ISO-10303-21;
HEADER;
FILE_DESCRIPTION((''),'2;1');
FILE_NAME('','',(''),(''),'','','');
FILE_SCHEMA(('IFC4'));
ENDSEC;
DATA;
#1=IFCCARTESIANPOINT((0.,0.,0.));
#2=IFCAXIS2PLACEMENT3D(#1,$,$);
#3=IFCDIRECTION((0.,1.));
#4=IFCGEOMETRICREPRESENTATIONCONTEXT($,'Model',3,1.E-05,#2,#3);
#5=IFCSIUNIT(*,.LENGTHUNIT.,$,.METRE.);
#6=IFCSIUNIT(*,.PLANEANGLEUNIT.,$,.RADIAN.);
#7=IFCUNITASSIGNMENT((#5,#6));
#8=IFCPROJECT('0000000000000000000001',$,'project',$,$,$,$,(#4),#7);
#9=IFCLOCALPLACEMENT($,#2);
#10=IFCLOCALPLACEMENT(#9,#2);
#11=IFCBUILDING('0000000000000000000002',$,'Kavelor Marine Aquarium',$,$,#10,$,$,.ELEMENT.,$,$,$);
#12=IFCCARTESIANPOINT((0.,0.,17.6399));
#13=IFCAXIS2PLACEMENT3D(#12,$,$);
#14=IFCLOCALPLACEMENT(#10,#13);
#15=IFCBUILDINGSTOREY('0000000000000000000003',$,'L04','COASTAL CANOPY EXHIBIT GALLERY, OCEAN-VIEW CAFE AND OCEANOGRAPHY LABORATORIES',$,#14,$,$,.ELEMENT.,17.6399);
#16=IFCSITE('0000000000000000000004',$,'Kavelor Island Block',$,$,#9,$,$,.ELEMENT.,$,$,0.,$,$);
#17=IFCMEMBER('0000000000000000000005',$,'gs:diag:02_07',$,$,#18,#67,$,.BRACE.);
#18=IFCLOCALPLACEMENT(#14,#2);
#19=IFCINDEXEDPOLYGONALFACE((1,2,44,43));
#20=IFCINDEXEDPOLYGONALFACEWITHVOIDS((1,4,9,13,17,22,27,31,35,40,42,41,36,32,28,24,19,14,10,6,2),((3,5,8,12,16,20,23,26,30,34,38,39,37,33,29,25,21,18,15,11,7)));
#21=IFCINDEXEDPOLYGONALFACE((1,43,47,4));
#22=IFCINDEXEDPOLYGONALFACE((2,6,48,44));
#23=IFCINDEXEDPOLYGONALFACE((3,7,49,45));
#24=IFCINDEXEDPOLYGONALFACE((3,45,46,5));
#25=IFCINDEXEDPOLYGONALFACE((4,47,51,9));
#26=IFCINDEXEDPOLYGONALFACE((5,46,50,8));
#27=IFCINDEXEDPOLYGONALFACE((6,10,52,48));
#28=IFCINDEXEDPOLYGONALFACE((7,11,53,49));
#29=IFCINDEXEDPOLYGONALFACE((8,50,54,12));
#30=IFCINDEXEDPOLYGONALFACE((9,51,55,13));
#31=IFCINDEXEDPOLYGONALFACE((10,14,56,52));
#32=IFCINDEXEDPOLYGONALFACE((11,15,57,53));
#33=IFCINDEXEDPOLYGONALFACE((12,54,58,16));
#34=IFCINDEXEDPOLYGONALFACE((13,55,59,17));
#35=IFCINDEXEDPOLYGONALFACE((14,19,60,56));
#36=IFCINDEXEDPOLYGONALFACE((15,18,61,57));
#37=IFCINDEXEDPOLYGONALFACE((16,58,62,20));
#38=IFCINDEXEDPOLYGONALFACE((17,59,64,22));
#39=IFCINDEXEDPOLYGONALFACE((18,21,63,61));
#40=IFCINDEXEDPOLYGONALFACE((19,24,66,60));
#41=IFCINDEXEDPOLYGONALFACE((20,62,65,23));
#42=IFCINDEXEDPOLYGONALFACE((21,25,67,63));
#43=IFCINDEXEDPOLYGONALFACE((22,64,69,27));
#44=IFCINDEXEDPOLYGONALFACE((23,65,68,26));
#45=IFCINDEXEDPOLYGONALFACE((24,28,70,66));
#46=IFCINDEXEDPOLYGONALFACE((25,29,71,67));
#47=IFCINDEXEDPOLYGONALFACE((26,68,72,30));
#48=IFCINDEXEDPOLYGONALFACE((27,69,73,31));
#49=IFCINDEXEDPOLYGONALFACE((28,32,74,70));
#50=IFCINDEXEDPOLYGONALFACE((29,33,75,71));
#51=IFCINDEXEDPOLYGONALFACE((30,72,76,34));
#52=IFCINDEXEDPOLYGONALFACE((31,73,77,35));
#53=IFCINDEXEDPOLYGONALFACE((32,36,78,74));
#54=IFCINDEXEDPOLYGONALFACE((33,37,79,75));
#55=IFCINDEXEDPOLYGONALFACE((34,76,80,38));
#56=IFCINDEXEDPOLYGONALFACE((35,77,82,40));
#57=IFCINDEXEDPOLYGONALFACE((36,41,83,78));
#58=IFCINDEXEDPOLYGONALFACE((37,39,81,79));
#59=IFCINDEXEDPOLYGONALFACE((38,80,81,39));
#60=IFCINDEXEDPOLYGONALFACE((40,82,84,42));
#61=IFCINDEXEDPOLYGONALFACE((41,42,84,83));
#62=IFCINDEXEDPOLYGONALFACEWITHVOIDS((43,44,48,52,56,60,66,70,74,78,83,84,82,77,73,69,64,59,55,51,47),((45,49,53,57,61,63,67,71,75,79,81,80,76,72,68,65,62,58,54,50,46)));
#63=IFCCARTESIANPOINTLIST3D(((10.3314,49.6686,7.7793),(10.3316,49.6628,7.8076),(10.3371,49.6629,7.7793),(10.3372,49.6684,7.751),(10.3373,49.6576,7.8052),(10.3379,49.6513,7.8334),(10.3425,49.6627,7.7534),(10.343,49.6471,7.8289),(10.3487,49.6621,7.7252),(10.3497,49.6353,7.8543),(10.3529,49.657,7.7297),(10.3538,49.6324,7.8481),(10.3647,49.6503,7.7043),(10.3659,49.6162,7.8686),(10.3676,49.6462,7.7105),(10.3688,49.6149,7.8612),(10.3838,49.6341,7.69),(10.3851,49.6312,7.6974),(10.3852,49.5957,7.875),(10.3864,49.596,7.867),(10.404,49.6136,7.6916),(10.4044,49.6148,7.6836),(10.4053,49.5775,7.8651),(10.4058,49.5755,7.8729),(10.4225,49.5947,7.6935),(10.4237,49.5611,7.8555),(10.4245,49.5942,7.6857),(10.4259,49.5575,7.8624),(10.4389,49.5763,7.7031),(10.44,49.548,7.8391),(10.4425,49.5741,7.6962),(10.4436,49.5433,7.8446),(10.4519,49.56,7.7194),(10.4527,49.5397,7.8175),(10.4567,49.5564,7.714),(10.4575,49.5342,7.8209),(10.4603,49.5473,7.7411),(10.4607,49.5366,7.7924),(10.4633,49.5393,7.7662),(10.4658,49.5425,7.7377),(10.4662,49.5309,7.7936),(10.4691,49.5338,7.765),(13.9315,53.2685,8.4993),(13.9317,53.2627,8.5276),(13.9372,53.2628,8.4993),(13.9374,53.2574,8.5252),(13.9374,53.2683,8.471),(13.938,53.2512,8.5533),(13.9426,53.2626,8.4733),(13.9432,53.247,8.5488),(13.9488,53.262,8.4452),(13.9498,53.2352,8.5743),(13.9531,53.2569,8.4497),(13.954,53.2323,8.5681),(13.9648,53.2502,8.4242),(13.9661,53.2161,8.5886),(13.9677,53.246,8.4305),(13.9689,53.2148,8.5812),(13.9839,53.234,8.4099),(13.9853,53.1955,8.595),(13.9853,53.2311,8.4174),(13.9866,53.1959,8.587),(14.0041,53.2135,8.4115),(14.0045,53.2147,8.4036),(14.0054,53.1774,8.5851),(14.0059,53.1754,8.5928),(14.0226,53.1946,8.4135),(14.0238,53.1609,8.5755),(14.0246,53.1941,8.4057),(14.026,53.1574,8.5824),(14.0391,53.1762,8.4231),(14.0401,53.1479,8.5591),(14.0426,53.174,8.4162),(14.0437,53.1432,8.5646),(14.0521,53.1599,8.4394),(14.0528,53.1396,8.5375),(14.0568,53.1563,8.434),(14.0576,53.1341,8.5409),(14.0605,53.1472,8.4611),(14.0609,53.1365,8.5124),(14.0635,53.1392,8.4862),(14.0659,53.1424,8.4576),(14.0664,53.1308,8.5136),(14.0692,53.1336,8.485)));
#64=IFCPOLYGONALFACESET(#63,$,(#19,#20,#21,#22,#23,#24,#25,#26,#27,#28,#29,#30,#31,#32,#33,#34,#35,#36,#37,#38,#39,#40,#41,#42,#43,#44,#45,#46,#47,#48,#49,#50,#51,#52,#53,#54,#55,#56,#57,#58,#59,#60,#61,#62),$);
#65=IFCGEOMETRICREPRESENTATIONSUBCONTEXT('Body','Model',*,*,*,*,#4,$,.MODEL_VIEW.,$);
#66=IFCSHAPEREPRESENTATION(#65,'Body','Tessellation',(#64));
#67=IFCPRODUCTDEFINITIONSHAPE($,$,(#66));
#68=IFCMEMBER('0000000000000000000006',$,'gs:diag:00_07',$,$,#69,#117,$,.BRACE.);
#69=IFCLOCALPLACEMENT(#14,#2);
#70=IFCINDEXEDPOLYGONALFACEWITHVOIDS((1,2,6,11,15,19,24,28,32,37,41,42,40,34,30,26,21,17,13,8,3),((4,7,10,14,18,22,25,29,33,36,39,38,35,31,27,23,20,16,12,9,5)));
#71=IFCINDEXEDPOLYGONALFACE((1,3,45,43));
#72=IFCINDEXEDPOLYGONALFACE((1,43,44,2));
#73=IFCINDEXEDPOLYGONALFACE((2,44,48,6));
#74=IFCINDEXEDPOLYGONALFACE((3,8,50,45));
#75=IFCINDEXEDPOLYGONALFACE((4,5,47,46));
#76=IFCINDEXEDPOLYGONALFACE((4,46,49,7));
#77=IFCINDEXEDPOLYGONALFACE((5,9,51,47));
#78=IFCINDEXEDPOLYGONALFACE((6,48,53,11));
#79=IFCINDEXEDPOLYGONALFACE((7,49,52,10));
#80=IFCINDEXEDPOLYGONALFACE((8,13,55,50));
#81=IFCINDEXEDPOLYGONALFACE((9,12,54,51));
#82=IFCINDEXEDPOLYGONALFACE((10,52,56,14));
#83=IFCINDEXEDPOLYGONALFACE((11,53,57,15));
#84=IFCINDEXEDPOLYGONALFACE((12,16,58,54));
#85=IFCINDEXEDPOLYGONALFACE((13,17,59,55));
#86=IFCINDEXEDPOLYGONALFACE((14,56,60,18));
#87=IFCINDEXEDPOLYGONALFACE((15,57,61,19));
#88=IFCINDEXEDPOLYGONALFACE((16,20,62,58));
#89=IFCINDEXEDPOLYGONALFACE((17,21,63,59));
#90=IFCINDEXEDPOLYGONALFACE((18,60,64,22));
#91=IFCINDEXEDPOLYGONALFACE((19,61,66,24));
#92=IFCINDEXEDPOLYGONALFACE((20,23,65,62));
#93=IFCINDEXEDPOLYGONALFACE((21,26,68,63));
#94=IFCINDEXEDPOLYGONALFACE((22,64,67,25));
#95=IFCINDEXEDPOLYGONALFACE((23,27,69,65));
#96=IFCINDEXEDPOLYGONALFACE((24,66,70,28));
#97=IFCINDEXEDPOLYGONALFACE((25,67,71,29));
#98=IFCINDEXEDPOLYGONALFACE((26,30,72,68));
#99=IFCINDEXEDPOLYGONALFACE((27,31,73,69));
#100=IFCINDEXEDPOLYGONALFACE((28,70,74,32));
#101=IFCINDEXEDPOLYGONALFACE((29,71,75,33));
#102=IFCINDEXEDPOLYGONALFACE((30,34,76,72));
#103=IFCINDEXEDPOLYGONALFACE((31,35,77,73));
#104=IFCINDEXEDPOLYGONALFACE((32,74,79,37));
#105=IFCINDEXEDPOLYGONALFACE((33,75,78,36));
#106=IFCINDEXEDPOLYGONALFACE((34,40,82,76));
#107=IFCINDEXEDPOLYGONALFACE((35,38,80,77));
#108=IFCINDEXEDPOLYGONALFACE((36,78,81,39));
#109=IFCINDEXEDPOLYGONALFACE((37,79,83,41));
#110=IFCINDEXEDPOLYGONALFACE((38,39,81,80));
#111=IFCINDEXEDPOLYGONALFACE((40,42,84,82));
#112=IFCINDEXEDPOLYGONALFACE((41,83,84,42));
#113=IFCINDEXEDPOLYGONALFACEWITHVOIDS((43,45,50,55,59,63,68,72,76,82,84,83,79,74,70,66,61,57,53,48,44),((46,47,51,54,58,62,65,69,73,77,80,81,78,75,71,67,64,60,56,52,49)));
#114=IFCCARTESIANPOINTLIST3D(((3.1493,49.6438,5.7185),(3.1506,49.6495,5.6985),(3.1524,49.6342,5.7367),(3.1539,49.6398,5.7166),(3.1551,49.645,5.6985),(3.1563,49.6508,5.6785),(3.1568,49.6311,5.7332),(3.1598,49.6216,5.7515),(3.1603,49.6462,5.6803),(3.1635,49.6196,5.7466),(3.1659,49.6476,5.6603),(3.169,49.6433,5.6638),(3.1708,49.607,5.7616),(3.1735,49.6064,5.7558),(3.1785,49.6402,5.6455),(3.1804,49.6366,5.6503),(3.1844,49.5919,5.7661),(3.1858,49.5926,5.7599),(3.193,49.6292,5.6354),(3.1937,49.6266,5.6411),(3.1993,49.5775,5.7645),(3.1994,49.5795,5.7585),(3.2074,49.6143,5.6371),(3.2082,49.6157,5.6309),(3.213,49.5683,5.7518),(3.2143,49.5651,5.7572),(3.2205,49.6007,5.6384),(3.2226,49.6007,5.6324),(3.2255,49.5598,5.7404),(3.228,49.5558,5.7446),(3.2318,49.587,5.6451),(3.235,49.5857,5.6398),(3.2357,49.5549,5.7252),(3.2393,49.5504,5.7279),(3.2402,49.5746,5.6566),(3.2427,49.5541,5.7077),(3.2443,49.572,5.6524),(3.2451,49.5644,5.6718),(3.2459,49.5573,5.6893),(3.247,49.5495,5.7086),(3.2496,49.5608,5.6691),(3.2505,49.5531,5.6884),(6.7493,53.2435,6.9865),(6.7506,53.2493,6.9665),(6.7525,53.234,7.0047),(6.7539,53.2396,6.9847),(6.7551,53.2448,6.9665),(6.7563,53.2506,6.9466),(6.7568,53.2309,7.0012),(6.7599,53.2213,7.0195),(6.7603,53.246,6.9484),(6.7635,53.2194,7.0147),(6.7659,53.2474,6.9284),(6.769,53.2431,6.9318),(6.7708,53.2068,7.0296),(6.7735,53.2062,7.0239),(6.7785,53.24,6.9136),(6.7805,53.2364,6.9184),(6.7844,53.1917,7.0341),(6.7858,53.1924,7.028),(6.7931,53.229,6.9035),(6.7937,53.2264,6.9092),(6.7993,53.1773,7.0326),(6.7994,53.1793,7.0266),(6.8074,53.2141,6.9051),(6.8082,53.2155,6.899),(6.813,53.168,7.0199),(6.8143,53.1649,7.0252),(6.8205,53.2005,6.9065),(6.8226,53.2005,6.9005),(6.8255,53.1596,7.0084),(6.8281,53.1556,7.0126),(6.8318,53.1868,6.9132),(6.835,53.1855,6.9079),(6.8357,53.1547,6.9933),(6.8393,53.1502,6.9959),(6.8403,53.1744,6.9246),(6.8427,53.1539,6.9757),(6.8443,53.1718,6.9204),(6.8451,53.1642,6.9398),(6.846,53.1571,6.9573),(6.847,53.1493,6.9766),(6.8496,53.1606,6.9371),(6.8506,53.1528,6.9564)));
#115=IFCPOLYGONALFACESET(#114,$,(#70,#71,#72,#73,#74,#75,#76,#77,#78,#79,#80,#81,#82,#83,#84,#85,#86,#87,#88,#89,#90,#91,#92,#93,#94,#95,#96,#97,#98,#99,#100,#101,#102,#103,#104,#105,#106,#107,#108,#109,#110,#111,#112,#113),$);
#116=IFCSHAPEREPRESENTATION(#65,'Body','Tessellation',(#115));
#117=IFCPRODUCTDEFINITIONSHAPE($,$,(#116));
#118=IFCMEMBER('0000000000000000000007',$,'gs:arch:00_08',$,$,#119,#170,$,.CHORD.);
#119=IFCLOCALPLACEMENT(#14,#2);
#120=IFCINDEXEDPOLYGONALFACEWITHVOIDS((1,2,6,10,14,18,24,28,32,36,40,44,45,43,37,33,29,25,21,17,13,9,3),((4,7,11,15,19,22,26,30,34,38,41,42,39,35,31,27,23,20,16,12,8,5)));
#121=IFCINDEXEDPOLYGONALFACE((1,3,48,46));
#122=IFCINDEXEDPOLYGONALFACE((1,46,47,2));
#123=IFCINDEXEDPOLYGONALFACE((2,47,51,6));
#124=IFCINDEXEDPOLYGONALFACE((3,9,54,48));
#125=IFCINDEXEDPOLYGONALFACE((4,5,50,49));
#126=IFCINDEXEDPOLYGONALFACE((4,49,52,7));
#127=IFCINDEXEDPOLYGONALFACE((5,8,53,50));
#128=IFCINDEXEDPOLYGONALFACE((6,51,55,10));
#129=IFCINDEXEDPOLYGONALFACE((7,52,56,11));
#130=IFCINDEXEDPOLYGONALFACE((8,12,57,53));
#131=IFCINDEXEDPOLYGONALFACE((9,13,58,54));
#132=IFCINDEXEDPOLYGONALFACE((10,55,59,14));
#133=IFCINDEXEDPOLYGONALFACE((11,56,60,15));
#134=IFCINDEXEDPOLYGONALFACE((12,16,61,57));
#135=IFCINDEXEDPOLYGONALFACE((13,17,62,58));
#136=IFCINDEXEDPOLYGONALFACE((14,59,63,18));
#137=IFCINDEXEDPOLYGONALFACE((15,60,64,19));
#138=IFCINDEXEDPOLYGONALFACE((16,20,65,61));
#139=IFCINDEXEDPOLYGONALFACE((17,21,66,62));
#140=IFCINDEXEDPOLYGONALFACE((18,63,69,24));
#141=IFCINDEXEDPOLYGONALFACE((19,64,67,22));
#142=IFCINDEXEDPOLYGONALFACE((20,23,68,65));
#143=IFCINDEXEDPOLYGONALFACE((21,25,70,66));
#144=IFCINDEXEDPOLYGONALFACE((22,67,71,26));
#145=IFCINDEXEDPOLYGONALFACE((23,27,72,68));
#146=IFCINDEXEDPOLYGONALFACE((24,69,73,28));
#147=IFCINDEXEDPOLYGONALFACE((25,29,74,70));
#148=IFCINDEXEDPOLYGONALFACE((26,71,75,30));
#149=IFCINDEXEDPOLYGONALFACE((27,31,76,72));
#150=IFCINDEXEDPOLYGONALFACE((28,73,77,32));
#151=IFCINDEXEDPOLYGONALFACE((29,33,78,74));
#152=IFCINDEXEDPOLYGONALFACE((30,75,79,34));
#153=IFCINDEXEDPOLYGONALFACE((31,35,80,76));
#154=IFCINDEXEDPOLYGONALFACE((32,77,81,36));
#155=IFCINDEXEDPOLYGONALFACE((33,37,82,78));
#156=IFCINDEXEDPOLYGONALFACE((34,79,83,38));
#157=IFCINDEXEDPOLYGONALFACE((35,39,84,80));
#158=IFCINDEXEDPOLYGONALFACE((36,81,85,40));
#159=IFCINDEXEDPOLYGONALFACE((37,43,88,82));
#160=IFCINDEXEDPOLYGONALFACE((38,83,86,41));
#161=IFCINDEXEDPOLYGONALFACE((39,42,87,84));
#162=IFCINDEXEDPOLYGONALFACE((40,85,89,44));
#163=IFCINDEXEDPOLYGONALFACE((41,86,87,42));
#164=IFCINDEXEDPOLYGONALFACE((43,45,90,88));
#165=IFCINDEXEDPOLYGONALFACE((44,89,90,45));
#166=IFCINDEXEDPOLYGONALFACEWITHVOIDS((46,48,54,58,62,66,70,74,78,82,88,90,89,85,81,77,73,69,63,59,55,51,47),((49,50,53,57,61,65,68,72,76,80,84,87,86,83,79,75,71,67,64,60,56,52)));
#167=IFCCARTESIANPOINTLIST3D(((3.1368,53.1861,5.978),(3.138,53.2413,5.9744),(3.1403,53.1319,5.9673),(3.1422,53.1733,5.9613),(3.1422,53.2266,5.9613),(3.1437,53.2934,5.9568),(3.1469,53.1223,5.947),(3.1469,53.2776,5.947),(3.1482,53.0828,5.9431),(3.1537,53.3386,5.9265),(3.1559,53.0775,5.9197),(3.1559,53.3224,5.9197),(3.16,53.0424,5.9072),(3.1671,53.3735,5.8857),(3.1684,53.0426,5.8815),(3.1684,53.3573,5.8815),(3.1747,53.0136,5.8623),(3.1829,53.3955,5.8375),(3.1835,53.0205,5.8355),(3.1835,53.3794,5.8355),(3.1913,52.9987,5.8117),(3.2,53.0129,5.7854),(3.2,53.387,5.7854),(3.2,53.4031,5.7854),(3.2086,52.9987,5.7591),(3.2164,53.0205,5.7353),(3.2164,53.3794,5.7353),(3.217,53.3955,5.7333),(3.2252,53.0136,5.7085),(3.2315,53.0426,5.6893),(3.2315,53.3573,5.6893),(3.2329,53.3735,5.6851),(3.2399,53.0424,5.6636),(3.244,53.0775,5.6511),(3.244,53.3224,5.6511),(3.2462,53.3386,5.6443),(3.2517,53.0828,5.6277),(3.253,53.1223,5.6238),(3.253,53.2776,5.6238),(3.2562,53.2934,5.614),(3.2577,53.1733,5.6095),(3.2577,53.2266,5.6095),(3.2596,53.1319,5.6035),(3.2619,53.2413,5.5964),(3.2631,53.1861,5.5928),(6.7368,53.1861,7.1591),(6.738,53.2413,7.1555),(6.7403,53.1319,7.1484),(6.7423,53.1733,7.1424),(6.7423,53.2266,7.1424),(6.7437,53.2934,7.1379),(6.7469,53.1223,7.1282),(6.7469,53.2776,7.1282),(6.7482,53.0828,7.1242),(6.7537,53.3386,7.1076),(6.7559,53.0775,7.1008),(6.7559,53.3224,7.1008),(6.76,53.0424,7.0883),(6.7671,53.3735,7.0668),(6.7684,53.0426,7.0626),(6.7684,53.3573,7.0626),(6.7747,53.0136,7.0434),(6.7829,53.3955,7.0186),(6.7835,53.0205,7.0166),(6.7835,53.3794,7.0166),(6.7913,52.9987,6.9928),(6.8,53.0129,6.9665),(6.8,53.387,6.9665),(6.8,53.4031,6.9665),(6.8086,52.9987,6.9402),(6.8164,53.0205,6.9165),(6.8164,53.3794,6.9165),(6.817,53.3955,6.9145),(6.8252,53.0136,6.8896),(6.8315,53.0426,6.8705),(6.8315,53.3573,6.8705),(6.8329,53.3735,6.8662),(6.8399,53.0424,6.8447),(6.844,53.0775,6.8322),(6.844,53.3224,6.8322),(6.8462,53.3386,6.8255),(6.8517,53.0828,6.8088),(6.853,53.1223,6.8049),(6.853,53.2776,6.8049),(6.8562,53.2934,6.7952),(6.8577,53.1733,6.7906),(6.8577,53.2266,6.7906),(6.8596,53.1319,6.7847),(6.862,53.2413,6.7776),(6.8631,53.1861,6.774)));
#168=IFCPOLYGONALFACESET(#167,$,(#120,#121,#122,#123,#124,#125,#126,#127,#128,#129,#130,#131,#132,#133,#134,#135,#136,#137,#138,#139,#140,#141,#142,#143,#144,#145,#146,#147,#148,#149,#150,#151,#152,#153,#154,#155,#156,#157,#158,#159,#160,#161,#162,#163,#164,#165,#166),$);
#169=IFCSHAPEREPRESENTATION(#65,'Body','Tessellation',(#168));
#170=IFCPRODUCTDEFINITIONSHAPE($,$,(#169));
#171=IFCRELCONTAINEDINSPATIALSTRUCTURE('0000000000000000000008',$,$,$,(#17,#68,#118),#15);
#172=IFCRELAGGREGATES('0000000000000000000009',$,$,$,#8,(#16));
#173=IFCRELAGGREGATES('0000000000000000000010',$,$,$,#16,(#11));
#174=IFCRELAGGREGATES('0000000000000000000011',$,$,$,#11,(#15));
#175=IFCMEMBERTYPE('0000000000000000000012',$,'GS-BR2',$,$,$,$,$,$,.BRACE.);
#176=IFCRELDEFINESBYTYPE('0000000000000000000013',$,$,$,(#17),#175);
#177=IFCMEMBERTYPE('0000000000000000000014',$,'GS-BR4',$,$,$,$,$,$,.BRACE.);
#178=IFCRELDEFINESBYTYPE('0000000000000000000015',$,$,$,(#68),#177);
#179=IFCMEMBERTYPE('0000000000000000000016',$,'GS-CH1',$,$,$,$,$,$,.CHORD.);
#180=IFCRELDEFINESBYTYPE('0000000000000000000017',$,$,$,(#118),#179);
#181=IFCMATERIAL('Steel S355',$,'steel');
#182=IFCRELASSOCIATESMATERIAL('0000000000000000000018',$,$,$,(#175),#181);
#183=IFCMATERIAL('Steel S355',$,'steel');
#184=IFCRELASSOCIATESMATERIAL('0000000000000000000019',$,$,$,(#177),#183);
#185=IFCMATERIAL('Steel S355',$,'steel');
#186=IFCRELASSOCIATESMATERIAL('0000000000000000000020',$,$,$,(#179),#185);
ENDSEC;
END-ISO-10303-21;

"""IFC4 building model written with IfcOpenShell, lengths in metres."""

from ifc_helpers import new_model, si_unit, direction, frame, origin, origin_2d, place, context, subcontext, project, spatial, hollow_circle, extrude, material, material_profile, profile_set, type_object, element, save


model = new_model("IFC4")

# Units and contexts
model_context = context("Model", 3, precision=1e-05, world=origin(), true_north=direction((0.0, 1.0)))
body_context = subcontext(model_context, "Body", "Model", "MODEL_VIEW")
ifc_project = project(units=[si_unit("LENGTHUNIT", "METRE"), si_unit("PLANEANGLEUNIT", "RADIAN")], contexts=[model_context])

# Site, building, storey
site_placement = place(None, origin())
site = spatial("IfcSite", under=ifc_project, at=site_placement, Name="Kavelor Island Block", CompositionType="ELEMENT", RefElevation=0.0)
building_placement = place(site_placement, origin())
building = spatial("IfcBuilding", under=site, at=building_placement, Name="Kavelor Marine Aquarium", CompositionType="ELEMENT")
storey_placement = place(building_placement, frame((0.0, 0.0, 17.6399)))
storey = spatial("IfcBuildingStorey", under=building, at=storey_placement, Name="L04", Description="COASTAL CANOPY EXHIBIT GALLERY, OCEAN-VIEW CAFE AND OCEANOGRAPHY LABORATORIES", CompositionType="ELEMENT", Elevation=17.6399)

# Members
ifc_material_1 = material(Name="Steel S355", Category="steel")
ifc_material_profile_1 = material_profile(ifc_material_1, hollow_circle(Radius=0.0969, WallThickness=0.0081, at=origin_2d()), Name="CHS 193.7x8.0")
ifc_profile_set_1 = profile_set([ifc_material_profile_1], Name="Steel S355")
member_type_1 = type_object("IfcMemberType", Name="GS-BR2", PredefinedType="BRACE", material=ifc_profile_set_1)
member_1_placement = place(storey_placement, frame((10.3999, 49.6001, 7.7793), z_axis=(0.700164, 0.700117, 0.140023), x_axis=(-0.707083, 0.707131, 0.0)))
element("IfcMember", 1, at=member_1_placement, inside=storey, type_object=member_type_1, Name="gs:diag:02_07", PredefinedType="BRACE", context=body_context, shape_type="SweptSolid", body=[
    extrude(hollow_circle(Radius=0.0969, WallThickness=0.0081, at=origin_2d()), origin(), (0.0, 0.0, 1.0), 5.1418),
])
ifc_material_2 = material(Name="Steel S355", Category="steel")
ifc_material_profile_2 = material_profile(ifc_material_2, hollow_circle(Radius=0.0698, WallThickness=0.0063, at=origin_2d()), Name="CHS 139.7x6.3")
ifc_profile_set_2 = profile_set([ifc_material_profile_2], Name="Steel S355")
member_type_2 = type_object("IfcMemberType", Name="GS-BR4", PredefinedType="BRACE", material=ifc_profile_set_2)
member_2_placement = place(storey_placement, frame((3.2, 49.6001, 5.6985), z_axis=(0.686167, 0.68612, 0.241689), x_axis=(-0.707083, 0.707131, 0.0)))
element("IfcMember", 2, at=member_2_placement, inside=storey, type_object=member_type_2, Name="gs:diag:00_07", PredefinedType="BRACE", context=body_context, shape_type="SweptSolid", body=[
    extrude(hollow_circle(Radius=0.0698, WallThickness=0.0063, at=origin_2d()), origin(), (0.0, 0.0, 1.0), 5.2466),
])
ifc_material_3 = material(Name="Steel S355", Category="steel")
ifc_material_profile_3 = material_profile(ifc_material_3, hollow_circle(Radius=0.2031, WallThickness=0.0161, at=origin_2d()), Name="CHS 406.4x16.0")
ifc_profile_set_3 = profile_set([ifc_material_profile_3], Name="Steel S355")
member_type_3 = type_object("IfcMemberType", Name="GS-CH1", PredefinedType="CHORD", material=ifc_profile_set_3)
member_3_placement = place(storey_placement, frame((3.2, 53.2, 5.7854), z_axis=(0.950168, 0.0, 0.31174), x_axis=(0.0, 1.0, 0.0)))
element("IfcMember", 3, at=member_3_placement, inside=storey, type_object=member_type_3, Name="gs:arch:00_08", PredefinedType="CHORD", context=body_context, shape_type="SweptSolid", body=[
    extrude(hollow_circle(Radius=0.2031, WallThickness=0.0161, at=origin_2d()), origin(), (0.0, 0.0, 1.0), 3.7888),
])

save(model, "model.ifc")
